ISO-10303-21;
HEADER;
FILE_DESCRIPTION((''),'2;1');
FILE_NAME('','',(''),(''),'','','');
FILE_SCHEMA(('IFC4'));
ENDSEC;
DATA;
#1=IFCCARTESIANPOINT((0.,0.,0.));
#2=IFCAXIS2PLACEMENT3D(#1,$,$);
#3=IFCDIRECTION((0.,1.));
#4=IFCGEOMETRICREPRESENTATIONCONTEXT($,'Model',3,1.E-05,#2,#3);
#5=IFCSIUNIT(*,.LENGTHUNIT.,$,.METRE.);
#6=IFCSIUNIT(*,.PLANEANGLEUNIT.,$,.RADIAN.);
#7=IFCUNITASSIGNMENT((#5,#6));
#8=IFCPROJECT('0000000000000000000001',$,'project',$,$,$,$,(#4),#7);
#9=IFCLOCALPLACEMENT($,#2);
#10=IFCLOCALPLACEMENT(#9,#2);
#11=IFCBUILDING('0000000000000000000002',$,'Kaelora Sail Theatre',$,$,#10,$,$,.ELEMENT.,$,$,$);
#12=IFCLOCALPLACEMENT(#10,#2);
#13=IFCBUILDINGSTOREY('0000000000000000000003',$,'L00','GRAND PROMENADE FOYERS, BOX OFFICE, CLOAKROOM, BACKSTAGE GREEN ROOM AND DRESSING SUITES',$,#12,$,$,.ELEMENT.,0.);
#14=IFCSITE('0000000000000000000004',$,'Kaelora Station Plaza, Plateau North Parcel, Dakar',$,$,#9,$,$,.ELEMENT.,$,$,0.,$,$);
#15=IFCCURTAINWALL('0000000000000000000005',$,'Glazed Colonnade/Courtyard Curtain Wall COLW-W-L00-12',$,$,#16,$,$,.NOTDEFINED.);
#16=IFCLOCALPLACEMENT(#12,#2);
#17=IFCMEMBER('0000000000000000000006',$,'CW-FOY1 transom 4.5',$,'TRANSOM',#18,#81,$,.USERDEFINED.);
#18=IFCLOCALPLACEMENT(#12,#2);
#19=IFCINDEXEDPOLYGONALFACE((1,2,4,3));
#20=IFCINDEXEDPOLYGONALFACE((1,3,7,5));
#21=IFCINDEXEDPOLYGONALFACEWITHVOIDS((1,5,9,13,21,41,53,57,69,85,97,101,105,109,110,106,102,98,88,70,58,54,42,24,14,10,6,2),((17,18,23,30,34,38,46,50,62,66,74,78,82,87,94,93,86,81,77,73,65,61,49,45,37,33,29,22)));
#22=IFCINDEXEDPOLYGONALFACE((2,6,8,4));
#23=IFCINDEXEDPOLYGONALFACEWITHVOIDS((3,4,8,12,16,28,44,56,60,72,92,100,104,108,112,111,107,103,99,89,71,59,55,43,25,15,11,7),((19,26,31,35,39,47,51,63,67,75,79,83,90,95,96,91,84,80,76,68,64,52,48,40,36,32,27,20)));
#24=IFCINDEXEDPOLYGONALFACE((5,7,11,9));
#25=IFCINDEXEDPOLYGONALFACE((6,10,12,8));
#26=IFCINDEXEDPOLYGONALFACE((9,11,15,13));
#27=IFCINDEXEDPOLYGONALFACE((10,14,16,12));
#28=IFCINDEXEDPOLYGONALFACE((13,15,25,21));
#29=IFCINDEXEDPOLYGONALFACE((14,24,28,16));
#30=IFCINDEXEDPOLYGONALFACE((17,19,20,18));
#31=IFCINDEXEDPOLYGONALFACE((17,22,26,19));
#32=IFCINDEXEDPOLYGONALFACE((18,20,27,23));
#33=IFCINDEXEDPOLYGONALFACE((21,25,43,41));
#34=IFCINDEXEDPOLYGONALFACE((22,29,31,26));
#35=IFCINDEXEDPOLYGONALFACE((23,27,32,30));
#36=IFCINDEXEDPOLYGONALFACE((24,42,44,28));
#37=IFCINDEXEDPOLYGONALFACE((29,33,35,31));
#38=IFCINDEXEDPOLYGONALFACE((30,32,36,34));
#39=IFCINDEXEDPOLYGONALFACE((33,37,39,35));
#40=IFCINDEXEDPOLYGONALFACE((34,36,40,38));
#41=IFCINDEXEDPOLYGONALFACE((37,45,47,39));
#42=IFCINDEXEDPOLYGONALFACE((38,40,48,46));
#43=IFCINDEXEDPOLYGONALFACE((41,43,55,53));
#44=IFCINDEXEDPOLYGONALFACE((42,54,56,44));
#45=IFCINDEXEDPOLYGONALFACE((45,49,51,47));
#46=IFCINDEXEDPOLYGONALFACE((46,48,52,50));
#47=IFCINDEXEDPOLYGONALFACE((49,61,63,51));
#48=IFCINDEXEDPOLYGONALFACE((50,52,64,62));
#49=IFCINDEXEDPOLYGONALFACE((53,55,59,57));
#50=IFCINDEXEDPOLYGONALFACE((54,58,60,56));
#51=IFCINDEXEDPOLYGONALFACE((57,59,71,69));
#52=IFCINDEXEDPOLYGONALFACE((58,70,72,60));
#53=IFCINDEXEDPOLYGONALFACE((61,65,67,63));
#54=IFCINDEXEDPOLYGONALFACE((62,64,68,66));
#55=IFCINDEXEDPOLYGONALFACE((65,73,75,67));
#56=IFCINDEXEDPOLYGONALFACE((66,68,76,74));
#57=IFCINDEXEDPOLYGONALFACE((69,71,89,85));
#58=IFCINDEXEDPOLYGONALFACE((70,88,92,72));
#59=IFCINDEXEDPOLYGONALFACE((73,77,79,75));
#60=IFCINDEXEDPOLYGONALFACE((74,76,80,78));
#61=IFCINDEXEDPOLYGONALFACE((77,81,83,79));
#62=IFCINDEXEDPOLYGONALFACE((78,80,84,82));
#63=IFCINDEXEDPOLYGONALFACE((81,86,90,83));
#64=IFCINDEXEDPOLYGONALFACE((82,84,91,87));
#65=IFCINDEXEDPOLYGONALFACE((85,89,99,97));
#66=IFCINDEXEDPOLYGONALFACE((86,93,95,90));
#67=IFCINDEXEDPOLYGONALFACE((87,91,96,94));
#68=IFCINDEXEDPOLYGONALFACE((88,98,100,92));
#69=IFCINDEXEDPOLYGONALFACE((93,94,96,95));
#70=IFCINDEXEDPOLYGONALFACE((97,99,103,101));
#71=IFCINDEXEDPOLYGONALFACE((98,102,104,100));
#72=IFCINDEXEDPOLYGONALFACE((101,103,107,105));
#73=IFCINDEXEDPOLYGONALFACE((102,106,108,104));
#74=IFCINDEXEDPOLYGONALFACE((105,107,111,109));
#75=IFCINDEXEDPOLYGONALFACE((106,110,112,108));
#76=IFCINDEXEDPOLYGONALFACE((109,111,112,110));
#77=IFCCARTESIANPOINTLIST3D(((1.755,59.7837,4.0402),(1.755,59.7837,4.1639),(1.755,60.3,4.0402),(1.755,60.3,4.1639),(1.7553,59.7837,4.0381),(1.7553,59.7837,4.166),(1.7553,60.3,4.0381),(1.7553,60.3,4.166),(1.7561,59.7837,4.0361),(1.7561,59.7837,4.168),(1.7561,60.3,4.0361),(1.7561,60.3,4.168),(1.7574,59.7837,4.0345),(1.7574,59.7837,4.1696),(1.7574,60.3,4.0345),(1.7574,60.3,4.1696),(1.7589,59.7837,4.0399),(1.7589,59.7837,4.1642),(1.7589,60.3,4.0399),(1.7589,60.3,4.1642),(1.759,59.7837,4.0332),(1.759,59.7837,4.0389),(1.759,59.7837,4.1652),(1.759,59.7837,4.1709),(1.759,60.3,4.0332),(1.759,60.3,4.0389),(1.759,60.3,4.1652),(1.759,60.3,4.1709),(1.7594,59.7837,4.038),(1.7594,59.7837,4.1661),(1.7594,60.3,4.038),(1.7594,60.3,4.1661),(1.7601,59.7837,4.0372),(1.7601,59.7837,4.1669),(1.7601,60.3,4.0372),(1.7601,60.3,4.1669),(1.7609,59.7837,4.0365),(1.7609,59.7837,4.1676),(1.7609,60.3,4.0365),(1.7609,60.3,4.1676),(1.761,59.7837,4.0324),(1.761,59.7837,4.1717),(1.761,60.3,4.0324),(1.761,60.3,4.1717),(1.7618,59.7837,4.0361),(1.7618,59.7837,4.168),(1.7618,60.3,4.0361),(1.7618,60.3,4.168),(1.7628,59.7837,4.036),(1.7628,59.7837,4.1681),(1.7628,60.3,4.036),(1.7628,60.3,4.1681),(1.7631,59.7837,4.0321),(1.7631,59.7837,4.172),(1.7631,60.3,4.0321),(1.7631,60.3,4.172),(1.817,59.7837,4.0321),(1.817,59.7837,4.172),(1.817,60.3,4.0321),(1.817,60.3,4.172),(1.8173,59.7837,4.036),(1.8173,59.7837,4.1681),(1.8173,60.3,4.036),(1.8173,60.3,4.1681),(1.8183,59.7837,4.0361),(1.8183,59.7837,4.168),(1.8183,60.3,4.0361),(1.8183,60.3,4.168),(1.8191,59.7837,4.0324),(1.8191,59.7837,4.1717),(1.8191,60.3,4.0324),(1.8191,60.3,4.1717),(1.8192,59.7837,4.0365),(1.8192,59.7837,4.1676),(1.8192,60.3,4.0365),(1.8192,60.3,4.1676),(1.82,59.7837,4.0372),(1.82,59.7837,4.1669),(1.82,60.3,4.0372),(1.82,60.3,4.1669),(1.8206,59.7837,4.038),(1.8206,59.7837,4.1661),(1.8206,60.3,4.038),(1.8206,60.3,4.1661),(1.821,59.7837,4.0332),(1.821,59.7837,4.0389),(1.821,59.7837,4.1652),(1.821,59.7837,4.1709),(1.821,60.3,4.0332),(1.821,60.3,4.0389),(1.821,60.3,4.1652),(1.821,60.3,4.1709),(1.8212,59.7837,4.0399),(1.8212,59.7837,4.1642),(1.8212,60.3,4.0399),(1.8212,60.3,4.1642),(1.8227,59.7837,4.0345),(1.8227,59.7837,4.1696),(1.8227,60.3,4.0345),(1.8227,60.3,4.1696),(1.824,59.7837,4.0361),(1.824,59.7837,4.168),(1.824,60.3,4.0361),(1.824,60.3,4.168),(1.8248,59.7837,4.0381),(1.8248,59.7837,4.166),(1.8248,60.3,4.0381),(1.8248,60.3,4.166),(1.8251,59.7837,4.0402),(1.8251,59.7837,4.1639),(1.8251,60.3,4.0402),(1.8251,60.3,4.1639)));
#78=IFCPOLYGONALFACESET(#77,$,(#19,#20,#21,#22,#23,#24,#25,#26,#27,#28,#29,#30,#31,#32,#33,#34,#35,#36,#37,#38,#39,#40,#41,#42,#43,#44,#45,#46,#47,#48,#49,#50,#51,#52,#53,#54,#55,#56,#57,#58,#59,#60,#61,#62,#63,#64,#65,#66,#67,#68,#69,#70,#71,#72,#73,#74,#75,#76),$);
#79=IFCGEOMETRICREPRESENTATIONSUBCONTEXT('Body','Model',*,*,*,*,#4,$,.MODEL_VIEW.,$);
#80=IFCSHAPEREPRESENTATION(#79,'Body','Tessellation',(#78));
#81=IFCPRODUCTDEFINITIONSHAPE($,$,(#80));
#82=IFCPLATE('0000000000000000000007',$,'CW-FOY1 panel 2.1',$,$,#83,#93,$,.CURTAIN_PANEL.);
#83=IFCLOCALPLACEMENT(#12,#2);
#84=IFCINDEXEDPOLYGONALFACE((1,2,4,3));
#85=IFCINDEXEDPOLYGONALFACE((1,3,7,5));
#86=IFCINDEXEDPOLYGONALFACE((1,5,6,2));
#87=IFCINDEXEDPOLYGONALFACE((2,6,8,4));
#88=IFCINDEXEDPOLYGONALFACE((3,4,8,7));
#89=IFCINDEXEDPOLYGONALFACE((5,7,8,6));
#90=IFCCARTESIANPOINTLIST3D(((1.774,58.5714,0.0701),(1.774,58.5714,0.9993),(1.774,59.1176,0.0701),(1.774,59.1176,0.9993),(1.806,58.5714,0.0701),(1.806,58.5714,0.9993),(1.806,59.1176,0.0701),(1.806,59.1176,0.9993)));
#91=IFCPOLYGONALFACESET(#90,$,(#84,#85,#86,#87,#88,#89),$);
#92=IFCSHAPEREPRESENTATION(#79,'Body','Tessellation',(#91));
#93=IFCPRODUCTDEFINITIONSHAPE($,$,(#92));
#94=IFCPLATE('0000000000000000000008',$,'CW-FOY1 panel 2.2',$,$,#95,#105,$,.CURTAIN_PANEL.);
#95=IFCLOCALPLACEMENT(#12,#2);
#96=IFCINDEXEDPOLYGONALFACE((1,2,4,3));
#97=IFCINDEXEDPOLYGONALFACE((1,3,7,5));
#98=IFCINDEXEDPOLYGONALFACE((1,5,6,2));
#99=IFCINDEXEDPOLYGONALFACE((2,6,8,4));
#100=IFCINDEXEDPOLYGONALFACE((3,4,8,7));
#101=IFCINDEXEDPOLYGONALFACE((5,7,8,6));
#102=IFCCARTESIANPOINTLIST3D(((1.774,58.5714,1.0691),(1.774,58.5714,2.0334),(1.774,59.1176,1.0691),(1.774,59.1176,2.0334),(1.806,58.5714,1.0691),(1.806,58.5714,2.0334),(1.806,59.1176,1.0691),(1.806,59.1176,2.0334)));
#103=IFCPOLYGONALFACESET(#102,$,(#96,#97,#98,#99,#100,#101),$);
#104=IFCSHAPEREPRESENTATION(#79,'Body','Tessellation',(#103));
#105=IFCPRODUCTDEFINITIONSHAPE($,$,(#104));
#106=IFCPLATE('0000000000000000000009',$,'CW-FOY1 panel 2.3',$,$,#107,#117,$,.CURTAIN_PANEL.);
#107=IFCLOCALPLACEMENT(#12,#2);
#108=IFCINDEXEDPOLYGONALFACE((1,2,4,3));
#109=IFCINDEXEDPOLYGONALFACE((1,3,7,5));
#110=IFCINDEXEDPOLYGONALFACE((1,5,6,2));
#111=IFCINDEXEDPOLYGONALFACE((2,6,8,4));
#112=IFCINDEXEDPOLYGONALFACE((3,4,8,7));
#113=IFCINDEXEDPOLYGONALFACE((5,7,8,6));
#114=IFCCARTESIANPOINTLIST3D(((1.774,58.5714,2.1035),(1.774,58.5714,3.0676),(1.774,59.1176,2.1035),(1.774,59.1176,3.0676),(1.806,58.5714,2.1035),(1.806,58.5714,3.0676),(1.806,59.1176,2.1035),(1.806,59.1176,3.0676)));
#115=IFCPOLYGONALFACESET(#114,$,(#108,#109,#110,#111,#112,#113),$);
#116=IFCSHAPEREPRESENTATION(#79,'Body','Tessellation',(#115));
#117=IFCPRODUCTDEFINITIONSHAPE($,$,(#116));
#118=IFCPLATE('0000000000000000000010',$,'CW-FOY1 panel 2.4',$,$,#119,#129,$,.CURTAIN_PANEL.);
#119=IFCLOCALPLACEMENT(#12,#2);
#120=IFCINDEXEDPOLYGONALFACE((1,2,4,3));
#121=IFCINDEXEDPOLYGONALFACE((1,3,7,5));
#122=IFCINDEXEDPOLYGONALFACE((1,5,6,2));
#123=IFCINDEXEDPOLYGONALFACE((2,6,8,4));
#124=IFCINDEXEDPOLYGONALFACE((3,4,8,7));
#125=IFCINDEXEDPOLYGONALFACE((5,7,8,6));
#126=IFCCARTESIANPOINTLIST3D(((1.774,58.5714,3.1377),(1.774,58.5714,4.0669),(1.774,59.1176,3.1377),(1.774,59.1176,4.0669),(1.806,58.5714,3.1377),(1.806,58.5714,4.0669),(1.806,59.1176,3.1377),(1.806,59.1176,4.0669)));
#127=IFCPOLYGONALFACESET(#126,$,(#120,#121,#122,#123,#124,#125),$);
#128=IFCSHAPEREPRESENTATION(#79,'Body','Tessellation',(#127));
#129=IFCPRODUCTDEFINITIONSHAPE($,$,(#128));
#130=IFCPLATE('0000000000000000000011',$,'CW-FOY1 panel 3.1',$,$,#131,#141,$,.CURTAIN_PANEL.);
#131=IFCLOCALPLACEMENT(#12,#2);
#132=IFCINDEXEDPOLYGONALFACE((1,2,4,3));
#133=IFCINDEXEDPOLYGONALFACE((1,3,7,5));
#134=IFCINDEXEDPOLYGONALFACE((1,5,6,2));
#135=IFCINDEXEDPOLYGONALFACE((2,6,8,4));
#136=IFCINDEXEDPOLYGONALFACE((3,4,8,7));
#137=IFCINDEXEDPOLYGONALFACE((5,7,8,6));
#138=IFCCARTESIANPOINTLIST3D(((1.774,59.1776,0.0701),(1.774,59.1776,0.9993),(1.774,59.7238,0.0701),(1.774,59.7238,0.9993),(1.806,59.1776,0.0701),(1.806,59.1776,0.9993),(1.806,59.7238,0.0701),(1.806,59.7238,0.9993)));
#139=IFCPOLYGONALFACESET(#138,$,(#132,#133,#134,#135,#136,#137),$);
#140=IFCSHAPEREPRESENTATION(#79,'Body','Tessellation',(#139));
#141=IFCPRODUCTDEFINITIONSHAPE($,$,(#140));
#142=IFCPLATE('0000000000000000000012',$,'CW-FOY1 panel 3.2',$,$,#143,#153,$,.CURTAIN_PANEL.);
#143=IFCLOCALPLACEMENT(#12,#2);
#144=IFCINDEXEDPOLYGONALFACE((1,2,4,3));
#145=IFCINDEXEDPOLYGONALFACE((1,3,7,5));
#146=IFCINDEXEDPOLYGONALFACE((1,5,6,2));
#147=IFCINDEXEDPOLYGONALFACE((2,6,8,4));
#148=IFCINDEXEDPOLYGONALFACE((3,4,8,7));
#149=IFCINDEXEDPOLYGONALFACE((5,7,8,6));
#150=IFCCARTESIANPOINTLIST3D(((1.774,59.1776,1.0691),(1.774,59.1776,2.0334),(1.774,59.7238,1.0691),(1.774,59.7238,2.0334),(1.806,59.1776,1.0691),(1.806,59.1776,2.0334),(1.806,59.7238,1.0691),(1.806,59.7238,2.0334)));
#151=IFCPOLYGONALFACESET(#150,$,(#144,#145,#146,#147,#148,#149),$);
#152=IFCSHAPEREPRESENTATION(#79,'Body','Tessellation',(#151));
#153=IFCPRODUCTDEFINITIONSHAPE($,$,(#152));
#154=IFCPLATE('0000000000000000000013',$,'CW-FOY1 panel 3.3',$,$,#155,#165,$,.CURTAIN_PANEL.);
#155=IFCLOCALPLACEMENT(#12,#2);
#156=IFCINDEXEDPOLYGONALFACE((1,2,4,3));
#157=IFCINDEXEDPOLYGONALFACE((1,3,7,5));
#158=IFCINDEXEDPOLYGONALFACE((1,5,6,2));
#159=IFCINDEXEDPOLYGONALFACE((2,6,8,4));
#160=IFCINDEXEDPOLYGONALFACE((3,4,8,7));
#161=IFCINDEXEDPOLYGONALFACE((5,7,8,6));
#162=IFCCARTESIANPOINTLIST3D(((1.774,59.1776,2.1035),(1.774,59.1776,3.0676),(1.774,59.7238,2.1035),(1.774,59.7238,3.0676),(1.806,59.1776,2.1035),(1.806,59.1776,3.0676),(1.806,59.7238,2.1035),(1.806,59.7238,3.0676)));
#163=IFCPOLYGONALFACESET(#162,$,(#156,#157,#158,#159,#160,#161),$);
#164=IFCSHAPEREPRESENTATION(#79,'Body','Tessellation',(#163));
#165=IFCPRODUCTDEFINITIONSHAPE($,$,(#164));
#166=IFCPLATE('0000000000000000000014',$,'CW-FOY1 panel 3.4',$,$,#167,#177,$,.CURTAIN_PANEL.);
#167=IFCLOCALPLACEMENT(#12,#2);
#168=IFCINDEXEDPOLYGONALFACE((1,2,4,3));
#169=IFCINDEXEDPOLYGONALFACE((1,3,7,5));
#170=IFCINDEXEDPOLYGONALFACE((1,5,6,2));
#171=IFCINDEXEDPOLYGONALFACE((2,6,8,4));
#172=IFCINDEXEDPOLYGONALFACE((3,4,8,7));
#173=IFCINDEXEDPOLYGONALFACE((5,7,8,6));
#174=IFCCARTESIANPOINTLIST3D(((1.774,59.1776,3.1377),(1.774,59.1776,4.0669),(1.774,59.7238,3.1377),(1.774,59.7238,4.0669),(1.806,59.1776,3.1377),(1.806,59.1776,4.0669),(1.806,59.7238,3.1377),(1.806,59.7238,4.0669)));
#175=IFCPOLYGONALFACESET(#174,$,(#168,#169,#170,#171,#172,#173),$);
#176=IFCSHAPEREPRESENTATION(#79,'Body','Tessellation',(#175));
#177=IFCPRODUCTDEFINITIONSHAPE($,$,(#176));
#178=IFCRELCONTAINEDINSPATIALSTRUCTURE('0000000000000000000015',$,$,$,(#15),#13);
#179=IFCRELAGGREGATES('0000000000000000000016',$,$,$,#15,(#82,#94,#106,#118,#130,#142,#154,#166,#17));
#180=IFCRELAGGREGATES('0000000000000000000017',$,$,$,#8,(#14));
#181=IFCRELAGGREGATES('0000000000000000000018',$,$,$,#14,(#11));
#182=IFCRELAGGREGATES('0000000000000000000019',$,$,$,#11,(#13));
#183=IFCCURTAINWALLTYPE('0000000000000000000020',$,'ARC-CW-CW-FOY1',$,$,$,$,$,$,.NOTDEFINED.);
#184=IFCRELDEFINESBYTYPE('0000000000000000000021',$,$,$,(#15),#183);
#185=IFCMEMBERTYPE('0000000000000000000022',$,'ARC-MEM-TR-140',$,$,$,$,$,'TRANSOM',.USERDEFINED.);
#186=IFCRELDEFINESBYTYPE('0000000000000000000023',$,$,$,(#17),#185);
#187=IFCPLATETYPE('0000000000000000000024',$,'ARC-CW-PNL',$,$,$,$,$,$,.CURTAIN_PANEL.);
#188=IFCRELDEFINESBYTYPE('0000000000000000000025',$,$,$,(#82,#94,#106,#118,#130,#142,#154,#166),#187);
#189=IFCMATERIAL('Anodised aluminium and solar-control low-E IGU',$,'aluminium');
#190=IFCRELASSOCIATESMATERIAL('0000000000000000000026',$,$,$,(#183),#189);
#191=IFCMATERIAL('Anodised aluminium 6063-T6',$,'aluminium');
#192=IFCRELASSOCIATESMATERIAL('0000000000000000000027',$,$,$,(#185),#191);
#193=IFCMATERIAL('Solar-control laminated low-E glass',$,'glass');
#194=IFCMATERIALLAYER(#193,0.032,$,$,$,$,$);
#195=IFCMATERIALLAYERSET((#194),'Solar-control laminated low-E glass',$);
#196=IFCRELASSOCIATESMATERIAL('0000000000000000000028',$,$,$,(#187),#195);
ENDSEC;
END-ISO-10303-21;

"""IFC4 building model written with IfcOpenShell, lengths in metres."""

from ifc_helpers import new_model, si_unit, direction, frame, origin, origin_2d, place, context, subcontext, project, spatial, rectangle, hollow_rectangle, extrude, material, layer, layer_set, material_profile, profile_set, type_object, element, aggregate, save


model = new_model("IFC4")

# Units and contexts
model_context = context("Model", 3, precision=1e-05, world=origin(), true_north=direction((0.0, 1.0)))
body_context = subcontext(model_context, "Body", "Model", "MODEL_VIEW")
ifc_project = project(units=[si_unit("LENGTHUNIT", "METRE"), si_unit("PLANEANGLEUNIT", "RADIAN")], contexts=[model_context])

# Site, building, storey
site_placement = place(None, origin())
site = spatial("IfcSite", under=ifc_project, at=site_placement, Name="Kaelora Station Plaza, Plateau North Parcel, Dakar", CompositionType="ELEMENT", RefElevation=0.0)
building_placement = place(site_placement, origin())
building = spatial("IfcBuilding", under=site, at=building_placement, Name="Kaelora Sail Theatre", CompositionType="ELEMENT")
storey_placement = place(building_placement, origin())
storey = spatial("IfcBuildingStorey", under=building, at=storey_placement, Name="L00", Description="GRAND PROMENADE FOYERS, BOX OFFICE, CLOAKROOM, BACKSTAGE GREEN ROOM AND DRESSING SUITES", CompositionType="ELEMENT", Elevation=0.0)

# Curtain wall, member, plates
ifc_material_1 = material(Name="Anodised aluminium and solar-control low-E IGU", Category="aluminium")
curtain_wall_type = type_object("IfcCurtainWallType", Name="ARC-CW-CW-FOY1", PredefinedType="NOTDEFINED", material=ifc_material_1)
curtain_wall_placement = place(storey_placement, origin())
curtain_wall = element("IfcCurtainWall", 1, at=curtain_wall_placement, inside=storey, type_object=curtain_wall_type, Name="Glazed Colonnade/Courtyard Curtain Wall COLW-W-L00-12", PredefinedType="NOTDEFINED")
ifc_material_2 = material(Name="Anodised aluminium 6063-T6", Category="aluminium")
ifc_material_profile_1 = material_profile(ifc_material_2, hollow_rectangle(XDim=0.0701, YDim=0.1399, WallThickness=0.0039, InnerFilletRadius=0.0039, OuterFilletRadius=0.0081, at=origin_2d()), Name="ALU-TRAN 70x140x4")
ifc_profile_set_1 = profile_set([ifc_material_profile_1], Name="Anodised aluminium 6063-T6")
member_type_1 = type_object("IfcMemberType", Name="ARC-MEM-TR-140", ElementType="TRANSOM", PredefinedType="USERDEFINED", material=ifc_profile_set_1)
member_1_placement = place(storey_placement, frame((1.79, 59.7837, 4.1021), z_axis=(0.0, 1.0, 0.0), x_axis=(-1.0, 0.0, 0.0)))
member_1 = element("IfcMember", 2, at=member_1_placement, type_object=member_type_1, Name="CW-FOY1 transom 4.5", ObjectType="TRANSOM", PredefinedType="USERDEFINED", context=body_context, shape_type="SweptSolid", body=[
    extrude(hollow_rectangle(XDim=0.0701, YDim=0.1399, WallThickness=0.0039, InnerFilletRadius=0.0039, OuterFilletRadius=0.0081, at=origin_2d()), origin(), (0.0, 0.0, 1.0), 0.5164),
])
ifc_material_3 = material(Name="Solar-control laminated low-E glass", Category="glass")
ifc_layer = layer(ifc_material_3, 0.032)
ifc_layer_set = layer_set([ifc_layer], Name="Solar-control laminated low-E glass")
plate_type = type_object("IfcPlateType", Name="ARC-CW-PNL", PredefinedType="CURTAIN_PANEL", material=ifc_layer_set)
plate_1_placement = place(storey_placement, frame((1.79, 58.8445, 0.0701), z_axis=(0.0, 0.0, 1.0), x_axis=(0.0, 1.0, 0.0)))
plate_1 = element("IfcPlate", 3, at=plate_1_placement, type_object=plate_type, Name="CW-FOY1 panel 2.1", PredefinedType="CURTAIN_PANEL", context=body_context, shape_type="SweptSolid", body=[
    extrude(rectangle(XDim=0.5461, YDim=0.032, at=origin_2d()), origin(), (0.0, 0.0, 1.0), 0.9292),
])
plate_2_placement = place(storey_placement, frame((1.79, 58.8445, 1.0691), z_axis=(0.0, 0.0, 1.0), x_axis=(0.0, 1.0, 0.0)))
plate_2 = element("IfcPlate", 4, at=plate_2_placement, type_object=plate_type, Name="CW-FOY1 panel 2.2", PredefinedType="CURTAIN_PANEL", context=body_context, shape_type="SweptSolid", body=[
    extrude(rectangle(XDim=0.5461, YDim=0.032, at=origin_2d()), origin(), (0.0, 0.0, 1.0), 0.9644),
])
plate_3_placement = place(storey_placement, frame((1.79, 58.8445, 2.1035), z_axis=(0.0, 0.0, 1.0), x_axis=(0.0, 1.0, 0.0)))
plate_3 = element("IfcPlate", 5, at=plate_3_placement, type_object=plate_type, Name="CW-FOY1 panel 2.3", PredefinedType="CURTAIN_PANEL", context=body_context, shape_type="SweptSolid", body=[
    extrude(rectangle(XDim=0.5461, YDim=0.032, at=origin_2d()), origin(), (0.0, 0.0, 1.0), 0.9641),
])
plate_4_placement = place(storey_placement, frame((1.79, 58.8445, 3.1377), z_axis=(0.0, 0.0, 1.0), x_axis=(0.0, 1.0, 0.0)))
plate_4 = element("IfcPlate", 6, at=plate_4_placement, type_object=plate_type, Name="CW-FOY1 panel 2.4", PredefinedType="CURTAIN_PANEL", context=body_context, shape_type="SweptSolid", body=[
    extrude(rectangle(XDim=0.5461, YDim=0.032, at=origin_2d()), origin(), (0.0, 0.0, 1.0), 0.9292),
])
plate_5_placement = place(storey_placement, frame((1.79, 59.4507, 0.0701), z_axis=(0.0, 0.0, 1.0), x_axis=(0.0, 1.0, 0.0)))
plate_5 = element("IfcPlate", 7, at=plate_5_placement, type_object=plate_type, Name="CW-FOY1 panel 3.1", PredefinedType="CURTAIN_PANEL", context=body_context, shape_type="SweptSolid", body=[
    extrude(rectangle(XDim=0.5461, YDim=0.032, at=origin_2d()), origin(), (0.0, 0.0, 1.0), 0.9292),
])
plate_6_placement = place(storey_placement, frame((1.79, 59.4507, 1.0691), z_axis=(0.0, 0.0, 1.0), x_axis=(0.0, 1.0, 0.0)))
plate_6 = element("IfcPlate", 8, at=plate_6_placement, type_object=plate_type, Name="CW-FOY1 panel 3.2", PredefinedType="CURTAIN_PANEL", context=body_context, shape_type="SweptSolid", body=[
    extrude(rectangle(XDim=0.5461, YDim=0.032, at=origin_2d()), origin(), (0.0, 0.0, 1.0), 0.9644),
])
plate_7_placement = place(storey_placement, frame((1.79, 59.4507, 2.1035), z_axis=(0.0, 0.0, 1.0), x_axis=(0.0, 1.0, 0.0)))
plate_7 = element("IfcPlate", 9, at=plate_7_placement, type_object=plate_type, Name="CW-FOY1 panel 3.3", PredefinedType="CURTAIN_PANEL", context=body_context, shape_type="SweptSolid", body=[
    extrude(rectangle(XDim=0.5461, YDim=0.032, at=origin_2d()), origin(), (0.0, 0.0, 1.0), 0.9641),
])
plate_8_placement = place(storey_placement, frame((1.79, 59.4507, 3.1377), z_axis=(0.0, 0.0, 1.0), x_axis=(0.0, 1.0, 0.0)))
plate_8 = element("IfcPlate", 10, at=plate_8_placement, type_object=plate_type, Name="CW-FOY1 panel 3.4", PredefinedType="CURTAIN_PANEL", context=body_context, shape_type="SweptSolid", body=[
    extrude(rectangle(XDim=0.5461, YDim=0.032, at=origin_2d()), origin(), (0.0, 0.0, 1.0), 0.9292),
])
aggregate(curtain_wall, [plate_1, plate_2, plate_3, plate_4, plate_5, plate_6, plate_7, plate_8, member_1])

save(model, "model.ifc")
